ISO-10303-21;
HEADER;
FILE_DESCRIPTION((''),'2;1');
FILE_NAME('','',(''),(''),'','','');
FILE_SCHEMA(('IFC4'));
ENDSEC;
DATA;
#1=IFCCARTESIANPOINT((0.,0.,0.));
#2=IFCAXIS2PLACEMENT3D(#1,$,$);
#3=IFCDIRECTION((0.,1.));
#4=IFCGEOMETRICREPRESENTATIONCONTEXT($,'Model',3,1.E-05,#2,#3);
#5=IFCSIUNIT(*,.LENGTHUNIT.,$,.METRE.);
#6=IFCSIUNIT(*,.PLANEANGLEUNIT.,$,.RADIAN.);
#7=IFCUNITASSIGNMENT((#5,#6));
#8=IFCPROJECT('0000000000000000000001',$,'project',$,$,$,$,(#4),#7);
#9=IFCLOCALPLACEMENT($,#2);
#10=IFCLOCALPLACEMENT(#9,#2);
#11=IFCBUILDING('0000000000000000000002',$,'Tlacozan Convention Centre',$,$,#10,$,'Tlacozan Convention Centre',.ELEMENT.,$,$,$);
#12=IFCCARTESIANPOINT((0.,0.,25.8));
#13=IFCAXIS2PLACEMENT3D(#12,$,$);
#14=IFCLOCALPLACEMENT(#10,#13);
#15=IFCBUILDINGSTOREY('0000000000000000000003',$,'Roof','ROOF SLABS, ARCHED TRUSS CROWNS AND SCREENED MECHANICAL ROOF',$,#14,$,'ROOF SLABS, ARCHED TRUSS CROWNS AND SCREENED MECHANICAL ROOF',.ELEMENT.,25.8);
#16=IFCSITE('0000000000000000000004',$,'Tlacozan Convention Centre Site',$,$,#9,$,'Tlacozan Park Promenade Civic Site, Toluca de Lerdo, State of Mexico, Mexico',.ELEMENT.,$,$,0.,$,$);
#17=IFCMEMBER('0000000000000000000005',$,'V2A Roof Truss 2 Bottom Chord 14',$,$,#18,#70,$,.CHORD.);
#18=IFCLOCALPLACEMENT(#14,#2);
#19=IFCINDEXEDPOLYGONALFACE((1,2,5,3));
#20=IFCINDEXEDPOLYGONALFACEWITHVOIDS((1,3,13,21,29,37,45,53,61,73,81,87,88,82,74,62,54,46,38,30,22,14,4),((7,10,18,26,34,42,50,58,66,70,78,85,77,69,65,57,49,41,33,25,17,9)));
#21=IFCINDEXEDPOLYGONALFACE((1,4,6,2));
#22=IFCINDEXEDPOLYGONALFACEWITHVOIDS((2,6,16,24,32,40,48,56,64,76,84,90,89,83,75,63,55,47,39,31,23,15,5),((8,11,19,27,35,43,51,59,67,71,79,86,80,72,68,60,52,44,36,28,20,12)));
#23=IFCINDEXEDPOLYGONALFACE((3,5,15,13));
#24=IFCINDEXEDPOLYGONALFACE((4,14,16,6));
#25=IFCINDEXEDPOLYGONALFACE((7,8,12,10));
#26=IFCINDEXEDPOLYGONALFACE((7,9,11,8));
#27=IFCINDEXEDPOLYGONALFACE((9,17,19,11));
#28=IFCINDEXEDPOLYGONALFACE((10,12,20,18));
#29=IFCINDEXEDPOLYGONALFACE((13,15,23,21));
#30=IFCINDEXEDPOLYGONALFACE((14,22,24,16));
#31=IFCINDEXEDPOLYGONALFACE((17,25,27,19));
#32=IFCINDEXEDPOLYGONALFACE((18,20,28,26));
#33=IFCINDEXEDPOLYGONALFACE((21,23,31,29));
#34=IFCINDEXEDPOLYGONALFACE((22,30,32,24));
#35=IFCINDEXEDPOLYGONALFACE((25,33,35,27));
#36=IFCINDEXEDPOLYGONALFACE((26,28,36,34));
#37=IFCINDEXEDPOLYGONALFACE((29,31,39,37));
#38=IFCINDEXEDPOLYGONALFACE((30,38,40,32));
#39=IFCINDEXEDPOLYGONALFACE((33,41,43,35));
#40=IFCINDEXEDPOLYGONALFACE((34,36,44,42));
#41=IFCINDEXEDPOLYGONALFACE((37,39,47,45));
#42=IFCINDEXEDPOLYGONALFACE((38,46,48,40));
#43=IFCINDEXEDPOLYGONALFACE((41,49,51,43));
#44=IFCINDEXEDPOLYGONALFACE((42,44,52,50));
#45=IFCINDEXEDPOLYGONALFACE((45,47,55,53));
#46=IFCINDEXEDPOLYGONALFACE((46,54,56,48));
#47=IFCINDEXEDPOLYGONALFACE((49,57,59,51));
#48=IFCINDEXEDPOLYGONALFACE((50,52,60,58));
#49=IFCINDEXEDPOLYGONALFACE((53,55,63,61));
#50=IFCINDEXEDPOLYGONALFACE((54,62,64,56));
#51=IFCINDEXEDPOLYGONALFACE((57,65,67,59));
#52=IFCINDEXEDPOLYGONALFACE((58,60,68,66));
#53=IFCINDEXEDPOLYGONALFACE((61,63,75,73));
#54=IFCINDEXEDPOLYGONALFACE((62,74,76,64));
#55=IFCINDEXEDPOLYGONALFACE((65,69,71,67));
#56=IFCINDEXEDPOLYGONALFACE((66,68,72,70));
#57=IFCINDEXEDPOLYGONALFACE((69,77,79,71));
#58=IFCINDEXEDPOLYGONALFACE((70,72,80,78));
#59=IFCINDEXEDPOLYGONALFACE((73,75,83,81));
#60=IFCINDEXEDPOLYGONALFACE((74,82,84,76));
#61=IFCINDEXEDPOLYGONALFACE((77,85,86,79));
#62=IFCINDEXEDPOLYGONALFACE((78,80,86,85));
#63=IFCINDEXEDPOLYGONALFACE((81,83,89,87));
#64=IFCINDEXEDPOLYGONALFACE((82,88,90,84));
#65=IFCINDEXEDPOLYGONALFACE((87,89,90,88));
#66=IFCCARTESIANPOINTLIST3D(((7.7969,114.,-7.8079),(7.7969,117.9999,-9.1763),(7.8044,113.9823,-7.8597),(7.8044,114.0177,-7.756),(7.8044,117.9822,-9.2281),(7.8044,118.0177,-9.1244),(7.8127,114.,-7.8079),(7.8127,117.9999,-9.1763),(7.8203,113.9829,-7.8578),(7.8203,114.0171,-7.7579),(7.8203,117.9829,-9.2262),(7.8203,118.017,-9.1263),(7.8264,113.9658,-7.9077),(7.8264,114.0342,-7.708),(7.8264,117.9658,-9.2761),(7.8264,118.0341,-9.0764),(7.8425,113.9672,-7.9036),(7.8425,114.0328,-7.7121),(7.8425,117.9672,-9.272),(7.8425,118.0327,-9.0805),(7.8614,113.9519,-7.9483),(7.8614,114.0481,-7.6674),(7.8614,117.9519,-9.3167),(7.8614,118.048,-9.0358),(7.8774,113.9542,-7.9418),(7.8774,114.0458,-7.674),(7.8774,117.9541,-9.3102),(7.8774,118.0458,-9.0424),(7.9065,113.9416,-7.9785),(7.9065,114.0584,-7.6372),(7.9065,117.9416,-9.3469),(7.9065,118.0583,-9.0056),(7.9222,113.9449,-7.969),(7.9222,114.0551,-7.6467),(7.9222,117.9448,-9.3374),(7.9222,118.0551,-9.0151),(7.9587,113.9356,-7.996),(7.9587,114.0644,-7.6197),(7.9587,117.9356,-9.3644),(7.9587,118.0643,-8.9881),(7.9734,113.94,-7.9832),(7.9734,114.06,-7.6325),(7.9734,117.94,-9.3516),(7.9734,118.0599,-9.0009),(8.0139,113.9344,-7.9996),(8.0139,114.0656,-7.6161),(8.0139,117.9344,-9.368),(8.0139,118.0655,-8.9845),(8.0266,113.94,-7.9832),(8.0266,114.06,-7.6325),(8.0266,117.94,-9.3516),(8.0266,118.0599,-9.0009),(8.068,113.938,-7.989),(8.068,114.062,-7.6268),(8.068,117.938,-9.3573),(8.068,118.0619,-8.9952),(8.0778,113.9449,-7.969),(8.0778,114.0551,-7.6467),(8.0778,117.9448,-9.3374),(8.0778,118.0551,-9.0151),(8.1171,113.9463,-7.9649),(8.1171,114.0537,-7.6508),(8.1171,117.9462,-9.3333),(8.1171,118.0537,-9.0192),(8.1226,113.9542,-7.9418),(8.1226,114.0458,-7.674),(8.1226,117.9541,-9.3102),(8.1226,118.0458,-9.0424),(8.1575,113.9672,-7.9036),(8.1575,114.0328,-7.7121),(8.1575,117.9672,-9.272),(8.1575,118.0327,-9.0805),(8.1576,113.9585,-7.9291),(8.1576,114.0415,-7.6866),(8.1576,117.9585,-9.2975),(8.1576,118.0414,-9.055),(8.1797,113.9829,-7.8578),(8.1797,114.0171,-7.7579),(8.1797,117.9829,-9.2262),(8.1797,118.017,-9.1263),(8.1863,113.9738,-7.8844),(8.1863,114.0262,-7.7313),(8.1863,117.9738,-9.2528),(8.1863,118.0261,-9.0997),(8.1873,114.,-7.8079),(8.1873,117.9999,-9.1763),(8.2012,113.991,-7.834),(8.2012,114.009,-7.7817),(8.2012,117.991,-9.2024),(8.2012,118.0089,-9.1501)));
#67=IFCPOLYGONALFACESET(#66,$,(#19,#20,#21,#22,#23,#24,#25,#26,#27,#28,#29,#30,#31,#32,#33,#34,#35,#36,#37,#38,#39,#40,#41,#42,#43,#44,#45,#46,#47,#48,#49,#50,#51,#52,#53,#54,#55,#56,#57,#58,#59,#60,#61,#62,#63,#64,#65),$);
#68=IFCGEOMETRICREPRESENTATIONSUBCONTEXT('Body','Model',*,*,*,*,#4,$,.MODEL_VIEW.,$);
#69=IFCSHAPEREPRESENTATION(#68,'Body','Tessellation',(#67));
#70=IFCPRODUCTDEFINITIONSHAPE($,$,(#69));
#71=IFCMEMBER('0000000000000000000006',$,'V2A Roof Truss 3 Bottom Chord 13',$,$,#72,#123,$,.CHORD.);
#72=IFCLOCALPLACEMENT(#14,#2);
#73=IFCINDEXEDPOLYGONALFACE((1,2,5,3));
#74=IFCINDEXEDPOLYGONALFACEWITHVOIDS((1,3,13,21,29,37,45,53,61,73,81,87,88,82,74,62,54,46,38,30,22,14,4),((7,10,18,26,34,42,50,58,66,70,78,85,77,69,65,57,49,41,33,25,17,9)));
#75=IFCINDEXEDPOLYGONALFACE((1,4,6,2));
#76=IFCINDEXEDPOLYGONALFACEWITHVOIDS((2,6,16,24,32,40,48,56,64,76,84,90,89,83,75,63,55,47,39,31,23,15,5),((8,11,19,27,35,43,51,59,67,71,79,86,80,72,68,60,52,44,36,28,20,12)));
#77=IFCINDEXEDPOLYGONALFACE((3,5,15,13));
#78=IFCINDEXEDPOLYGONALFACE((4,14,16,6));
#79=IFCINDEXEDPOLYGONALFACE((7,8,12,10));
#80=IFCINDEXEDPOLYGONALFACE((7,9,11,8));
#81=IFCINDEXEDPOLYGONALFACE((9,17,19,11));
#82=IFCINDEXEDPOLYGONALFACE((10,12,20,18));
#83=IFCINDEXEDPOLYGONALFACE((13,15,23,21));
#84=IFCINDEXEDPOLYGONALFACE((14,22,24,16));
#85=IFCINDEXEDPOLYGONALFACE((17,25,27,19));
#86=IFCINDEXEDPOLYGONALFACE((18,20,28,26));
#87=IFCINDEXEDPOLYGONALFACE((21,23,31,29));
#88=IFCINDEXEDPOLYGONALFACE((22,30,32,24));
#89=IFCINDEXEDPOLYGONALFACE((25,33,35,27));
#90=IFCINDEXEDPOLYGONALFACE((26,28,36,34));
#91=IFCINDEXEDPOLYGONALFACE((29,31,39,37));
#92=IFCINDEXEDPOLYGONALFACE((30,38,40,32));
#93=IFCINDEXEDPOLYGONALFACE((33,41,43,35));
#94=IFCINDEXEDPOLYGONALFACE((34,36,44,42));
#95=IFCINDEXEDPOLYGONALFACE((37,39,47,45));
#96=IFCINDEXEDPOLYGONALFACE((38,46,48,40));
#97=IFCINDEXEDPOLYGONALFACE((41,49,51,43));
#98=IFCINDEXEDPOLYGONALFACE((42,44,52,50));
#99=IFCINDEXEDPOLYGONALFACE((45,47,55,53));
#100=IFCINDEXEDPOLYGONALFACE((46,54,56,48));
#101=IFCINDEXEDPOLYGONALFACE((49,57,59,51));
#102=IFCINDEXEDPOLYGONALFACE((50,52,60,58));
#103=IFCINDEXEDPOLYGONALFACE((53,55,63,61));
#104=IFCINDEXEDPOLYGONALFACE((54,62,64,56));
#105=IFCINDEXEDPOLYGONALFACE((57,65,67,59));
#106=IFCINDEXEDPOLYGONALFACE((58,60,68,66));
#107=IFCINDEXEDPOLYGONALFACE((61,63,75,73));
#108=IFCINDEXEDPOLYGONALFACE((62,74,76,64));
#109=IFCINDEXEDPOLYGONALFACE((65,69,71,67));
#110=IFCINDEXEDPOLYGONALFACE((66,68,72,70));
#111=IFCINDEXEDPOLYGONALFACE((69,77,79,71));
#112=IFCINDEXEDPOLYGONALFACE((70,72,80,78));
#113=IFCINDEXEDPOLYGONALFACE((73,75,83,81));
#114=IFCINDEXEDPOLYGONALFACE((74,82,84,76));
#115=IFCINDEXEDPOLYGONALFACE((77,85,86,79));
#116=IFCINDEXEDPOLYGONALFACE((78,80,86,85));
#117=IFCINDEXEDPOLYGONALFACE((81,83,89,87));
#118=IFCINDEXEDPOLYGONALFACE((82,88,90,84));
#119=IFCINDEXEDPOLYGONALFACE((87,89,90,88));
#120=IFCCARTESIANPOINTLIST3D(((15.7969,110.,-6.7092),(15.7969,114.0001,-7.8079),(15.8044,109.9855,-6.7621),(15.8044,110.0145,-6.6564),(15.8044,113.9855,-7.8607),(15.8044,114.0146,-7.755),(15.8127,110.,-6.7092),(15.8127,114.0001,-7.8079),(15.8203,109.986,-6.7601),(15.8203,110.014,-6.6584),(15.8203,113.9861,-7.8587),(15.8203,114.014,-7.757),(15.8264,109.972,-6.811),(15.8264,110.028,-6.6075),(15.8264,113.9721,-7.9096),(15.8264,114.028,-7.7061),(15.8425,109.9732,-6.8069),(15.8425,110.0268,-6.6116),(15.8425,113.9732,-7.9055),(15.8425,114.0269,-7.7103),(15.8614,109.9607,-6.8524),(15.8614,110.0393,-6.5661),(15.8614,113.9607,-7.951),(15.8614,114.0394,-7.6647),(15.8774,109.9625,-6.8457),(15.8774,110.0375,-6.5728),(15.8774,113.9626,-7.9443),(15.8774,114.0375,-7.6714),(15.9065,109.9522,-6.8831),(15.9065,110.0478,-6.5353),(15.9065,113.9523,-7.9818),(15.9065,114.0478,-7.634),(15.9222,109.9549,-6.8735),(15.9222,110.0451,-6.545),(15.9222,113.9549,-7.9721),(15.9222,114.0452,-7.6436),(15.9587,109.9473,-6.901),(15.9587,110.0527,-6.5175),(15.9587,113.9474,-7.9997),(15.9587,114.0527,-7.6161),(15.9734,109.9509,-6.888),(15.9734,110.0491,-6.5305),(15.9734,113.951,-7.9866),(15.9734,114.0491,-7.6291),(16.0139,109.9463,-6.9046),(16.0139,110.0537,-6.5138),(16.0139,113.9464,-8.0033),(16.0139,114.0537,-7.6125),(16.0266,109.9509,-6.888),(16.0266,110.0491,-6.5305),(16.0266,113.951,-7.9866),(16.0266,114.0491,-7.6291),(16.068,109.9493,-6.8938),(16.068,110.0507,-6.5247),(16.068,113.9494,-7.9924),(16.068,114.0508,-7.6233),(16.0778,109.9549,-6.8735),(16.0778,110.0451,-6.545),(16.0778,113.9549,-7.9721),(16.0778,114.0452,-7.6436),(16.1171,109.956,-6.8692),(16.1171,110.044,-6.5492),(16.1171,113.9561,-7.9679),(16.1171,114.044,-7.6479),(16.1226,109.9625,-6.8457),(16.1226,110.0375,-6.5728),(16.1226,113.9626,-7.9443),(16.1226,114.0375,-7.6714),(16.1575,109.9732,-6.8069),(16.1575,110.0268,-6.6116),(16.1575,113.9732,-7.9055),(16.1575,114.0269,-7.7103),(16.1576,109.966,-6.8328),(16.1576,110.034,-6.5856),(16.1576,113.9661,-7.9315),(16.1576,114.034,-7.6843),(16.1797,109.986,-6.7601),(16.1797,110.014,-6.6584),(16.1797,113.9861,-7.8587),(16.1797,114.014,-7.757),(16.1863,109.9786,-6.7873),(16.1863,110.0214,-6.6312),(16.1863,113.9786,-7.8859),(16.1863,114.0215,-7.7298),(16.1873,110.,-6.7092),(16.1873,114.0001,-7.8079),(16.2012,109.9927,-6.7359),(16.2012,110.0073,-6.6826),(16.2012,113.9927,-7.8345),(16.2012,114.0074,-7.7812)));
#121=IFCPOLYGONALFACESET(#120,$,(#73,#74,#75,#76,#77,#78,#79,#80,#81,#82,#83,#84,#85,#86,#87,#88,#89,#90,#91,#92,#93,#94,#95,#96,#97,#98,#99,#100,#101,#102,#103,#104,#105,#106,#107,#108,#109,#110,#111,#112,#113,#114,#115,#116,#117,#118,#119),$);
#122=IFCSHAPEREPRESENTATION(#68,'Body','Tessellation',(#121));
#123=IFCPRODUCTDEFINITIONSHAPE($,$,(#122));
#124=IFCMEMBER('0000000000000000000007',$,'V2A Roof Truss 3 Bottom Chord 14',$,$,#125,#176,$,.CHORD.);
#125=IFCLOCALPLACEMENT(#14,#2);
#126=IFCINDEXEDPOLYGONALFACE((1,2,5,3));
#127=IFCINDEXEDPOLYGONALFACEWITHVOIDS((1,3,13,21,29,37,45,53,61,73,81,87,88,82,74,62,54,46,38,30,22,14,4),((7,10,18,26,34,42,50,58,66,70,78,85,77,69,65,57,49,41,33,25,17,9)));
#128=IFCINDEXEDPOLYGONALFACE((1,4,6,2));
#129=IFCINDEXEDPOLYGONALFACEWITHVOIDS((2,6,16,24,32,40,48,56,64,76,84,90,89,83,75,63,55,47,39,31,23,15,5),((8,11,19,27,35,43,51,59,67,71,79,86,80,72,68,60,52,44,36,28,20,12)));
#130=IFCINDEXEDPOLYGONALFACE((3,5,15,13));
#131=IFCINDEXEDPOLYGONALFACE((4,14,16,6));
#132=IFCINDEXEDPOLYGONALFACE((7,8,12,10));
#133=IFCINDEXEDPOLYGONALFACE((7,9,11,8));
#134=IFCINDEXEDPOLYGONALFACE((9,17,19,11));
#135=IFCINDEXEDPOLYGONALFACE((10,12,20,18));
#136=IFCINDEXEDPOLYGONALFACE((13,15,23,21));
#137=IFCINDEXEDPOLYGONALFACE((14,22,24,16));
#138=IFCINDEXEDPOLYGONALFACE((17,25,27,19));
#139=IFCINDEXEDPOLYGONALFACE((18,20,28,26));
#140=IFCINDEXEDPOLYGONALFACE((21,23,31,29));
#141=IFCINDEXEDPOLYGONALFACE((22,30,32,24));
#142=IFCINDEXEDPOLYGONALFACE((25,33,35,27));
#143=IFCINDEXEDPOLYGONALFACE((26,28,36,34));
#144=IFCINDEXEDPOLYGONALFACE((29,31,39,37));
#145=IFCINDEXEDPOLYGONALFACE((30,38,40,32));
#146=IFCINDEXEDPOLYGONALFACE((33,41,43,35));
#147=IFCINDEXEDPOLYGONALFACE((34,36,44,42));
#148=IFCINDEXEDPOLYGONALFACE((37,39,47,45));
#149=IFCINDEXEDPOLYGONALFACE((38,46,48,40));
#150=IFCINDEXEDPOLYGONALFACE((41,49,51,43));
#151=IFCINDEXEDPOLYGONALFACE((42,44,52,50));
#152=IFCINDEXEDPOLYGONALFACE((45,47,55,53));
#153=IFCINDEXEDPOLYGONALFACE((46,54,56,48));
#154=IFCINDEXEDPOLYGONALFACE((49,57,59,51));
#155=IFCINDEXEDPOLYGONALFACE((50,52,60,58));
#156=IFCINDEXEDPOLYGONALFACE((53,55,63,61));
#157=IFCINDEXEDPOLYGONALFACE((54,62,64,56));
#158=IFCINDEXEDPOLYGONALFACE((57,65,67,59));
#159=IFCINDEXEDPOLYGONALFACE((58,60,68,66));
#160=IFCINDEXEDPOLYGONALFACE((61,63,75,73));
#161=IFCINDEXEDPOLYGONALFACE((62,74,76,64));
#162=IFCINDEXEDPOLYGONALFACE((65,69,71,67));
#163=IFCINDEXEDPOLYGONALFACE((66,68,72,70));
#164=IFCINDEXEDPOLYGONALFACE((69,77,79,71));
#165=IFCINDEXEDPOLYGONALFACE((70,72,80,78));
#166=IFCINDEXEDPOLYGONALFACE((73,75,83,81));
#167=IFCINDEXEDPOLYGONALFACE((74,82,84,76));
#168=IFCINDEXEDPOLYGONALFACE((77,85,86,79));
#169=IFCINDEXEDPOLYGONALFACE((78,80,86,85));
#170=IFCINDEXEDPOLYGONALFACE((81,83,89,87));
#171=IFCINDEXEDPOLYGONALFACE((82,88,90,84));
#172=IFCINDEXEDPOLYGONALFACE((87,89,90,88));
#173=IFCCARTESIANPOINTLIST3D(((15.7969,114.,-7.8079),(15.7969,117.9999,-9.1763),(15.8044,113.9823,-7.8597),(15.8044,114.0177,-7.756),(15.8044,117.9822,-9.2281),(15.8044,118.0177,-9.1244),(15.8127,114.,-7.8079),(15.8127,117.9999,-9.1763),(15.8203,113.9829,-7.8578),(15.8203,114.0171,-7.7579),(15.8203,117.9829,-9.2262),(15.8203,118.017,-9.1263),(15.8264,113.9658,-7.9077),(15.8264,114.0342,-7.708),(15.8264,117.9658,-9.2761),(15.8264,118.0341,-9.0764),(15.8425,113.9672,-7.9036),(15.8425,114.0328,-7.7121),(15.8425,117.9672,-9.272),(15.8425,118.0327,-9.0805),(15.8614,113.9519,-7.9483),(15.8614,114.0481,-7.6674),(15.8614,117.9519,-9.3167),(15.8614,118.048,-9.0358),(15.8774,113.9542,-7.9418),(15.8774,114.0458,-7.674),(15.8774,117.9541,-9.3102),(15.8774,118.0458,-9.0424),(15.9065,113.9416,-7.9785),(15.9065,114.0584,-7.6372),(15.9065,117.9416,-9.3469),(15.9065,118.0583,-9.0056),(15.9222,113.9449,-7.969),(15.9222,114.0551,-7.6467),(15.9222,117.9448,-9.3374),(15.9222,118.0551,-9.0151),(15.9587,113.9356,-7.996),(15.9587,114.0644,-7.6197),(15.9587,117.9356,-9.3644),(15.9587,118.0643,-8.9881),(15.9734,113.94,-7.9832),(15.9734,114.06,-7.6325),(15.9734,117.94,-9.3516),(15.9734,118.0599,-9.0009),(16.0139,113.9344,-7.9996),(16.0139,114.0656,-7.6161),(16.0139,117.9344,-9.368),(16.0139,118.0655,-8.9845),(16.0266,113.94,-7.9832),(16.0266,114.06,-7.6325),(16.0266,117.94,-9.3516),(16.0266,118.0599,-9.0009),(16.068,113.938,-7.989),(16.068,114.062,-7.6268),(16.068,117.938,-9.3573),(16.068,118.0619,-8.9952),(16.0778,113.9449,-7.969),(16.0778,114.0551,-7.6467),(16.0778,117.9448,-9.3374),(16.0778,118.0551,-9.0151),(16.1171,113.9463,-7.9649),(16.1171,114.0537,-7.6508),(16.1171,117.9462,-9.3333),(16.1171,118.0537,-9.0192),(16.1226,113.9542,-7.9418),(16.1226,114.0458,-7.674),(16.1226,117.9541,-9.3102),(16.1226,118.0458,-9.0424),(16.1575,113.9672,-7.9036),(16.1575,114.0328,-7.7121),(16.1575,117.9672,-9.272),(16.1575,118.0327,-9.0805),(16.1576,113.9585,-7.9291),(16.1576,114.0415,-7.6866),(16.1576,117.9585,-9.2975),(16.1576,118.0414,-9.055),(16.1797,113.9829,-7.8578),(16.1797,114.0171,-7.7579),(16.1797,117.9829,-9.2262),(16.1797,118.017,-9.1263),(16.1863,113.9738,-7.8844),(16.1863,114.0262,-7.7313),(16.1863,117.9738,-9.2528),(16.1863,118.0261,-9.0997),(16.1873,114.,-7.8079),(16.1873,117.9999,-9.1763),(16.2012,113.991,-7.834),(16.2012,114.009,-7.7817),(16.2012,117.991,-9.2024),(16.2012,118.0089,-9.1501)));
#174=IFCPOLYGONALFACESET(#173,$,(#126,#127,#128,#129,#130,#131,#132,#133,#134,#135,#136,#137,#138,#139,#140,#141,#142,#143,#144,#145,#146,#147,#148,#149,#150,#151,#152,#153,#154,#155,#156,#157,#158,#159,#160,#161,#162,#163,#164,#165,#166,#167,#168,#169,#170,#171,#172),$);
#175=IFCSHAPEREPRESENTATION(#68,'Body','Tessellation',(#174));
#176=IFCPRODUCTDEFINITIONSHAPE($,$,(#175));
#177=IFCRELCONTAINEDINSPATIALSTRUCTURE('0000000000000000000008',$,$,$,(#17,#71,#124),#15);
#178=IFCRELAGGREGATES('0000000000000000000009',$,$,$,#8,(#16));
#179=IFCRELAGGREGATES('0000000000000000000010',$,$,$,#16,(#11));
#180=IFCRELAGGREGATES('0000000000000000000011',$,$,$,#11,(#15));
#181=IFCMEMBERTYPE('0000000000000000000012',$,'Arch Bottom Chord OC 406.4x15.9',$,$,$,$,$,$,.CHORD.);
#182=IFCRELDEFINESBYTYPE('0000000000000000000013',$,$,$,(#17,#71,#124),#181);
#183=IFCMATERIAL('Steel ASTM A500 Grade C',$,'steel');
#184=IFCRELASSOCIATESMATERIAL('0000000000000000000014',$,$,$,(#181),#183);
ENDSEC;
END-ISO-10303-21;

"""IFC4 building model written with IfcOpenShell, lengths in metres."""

from ifc_helpers import new_model, si_unit, direction, frame, origin, origin_2d, place, context, subcontext, project, spatial, hollow_circle, extrude, material, material_profile, profile_set, type_object, element, save


model = new_model("IFC4")

# Units and contexts
model_context = context("Model", 3, precision=1e-05, world=origin(), true_north=direction((0.0, 1.0)))
body_context = subcontext(model_context, "Body", "Model", "MODEL_VIEW")
ifc_project = project(units=[si_unit("LENGTHUNIT", "METRE"), si_unit("PLANEANGLEUNIT", "RADIAN")], contexts=[model_context])

# Site, building, storey
site_placement = place(None, origin())
site = spatial("IfcSite", under=ifc_project, at=site_placement, Name="Tlacozan Convention Centre Site", LongName="Tlacozan Park Promenade Civic Site, Toluca de Lerdo, State of Mexico, Mexico", CompositionType="ELEMENT", RefElevation=0.0)
building_placement = place(site_placement, origin())
building = spatial("IfcBuilding", under=site, at=building_placement, Name="Tlacozan Convention Centre", LongName="Tlacozan Convention Centre", CompositionType="ELEMENT")
storey_placement = place(building_placement, frame((0.0, 0.0, 25.8)))
storey = spatial("IfcBuildingStorey", under=building, at=storey_placement, Name="Roof", Description="ROOF SLABS, ARCHED TRUSS CROWNS AND SCREENED MECHANICAL ROOF", LongName="ROOF SLABS, ARCHED TRUSS CROWNS AND SCREENED MECHANICAL ROOF", CompositionType="ELEMENT", Elevation=25.8)

# Members
ifc_material_1 = material(Name="Steel ASTM A500 Grade C", Category="steel")
ifc_material_profile_1 = material_profile(ifc_material_1, hollow_circle(Radius=0.2031, WallThickness=0.0159, at=origin_2d()), Name="OC 406.4x15.9")
ifc_profile_set_1 = profile_set([ifc_material_profile_1], Name="Steel ASTM A500 Grade C")
member_type_1 = type_object("IfcMemberType", Name="Arch Bottom Chord OC 406.4x15.9", PredefinedType="CHORD", material=ifc_profile_set_1)
member_1_placement = place(storey_placement, frame((8.0, 114.0, -7.8079), z_axis=(0.0, 0.946165, -0.323685), x_axis=(-1.0, 0.0, 0.0)))
element("IfcMember", 1, at=member_1_placement, inside=storey, type_object=member_type_1, Name="V2A Roof Truss 2 Bottom Chord 14", PredefinedType="CHORD", context=body_context, shape_type="SweptSolid", body=[
    extrude(hollow_circle(Radius=0.2031, WallThickness=0.0159, at=origin_2d()), origin(), (0.0, 0.0, 1.0), 4.2275),
])
member_2_placement = place(storey_placement, frame((16.0, 110.0, -6.7092), z_axis=(0.0, 0.96429, -0.26485), x_axis=(-1.0, 0.0, 0.0)))
element("IfcMember", 2, at=member_2_placement, inside=storey, type_object=member_type_1, Name="V2A Roof Truss 3 Bottom Chord 13", PredefinedType="CHORD", context=body_context, shape_type="SweptSolid", body=[
    extrude(hollow_circle(Radius=0.2031, WallThickness=0.0159, at=origin_2d()), origin(), (0.0, 0.0, 1.0), 4.1482),
])
member_3_placement = place(storey_placement, frame((16.0, 114.0, -7.8079), z_axis=(0.0, 0.946165, -0.323685), x_axis=(-1.0, 0.0, 0.0)))
element("IfcMember", 3, at=member_3_placement, inside=storey, type_object=member_type_1, Name="V2A Roof Truss 3 Bottom Chord 14", PredefinedType="CHORD", context=body_context, shape_type="SweptSolid", body=[
    extrude(hollow_circle(Radius=0.2031, WallThickness=0.0159, at=origin_2d()), origin(), (0.0, 0.0, 1.0), 4.2275),
])

save(model, "model.ifc")
